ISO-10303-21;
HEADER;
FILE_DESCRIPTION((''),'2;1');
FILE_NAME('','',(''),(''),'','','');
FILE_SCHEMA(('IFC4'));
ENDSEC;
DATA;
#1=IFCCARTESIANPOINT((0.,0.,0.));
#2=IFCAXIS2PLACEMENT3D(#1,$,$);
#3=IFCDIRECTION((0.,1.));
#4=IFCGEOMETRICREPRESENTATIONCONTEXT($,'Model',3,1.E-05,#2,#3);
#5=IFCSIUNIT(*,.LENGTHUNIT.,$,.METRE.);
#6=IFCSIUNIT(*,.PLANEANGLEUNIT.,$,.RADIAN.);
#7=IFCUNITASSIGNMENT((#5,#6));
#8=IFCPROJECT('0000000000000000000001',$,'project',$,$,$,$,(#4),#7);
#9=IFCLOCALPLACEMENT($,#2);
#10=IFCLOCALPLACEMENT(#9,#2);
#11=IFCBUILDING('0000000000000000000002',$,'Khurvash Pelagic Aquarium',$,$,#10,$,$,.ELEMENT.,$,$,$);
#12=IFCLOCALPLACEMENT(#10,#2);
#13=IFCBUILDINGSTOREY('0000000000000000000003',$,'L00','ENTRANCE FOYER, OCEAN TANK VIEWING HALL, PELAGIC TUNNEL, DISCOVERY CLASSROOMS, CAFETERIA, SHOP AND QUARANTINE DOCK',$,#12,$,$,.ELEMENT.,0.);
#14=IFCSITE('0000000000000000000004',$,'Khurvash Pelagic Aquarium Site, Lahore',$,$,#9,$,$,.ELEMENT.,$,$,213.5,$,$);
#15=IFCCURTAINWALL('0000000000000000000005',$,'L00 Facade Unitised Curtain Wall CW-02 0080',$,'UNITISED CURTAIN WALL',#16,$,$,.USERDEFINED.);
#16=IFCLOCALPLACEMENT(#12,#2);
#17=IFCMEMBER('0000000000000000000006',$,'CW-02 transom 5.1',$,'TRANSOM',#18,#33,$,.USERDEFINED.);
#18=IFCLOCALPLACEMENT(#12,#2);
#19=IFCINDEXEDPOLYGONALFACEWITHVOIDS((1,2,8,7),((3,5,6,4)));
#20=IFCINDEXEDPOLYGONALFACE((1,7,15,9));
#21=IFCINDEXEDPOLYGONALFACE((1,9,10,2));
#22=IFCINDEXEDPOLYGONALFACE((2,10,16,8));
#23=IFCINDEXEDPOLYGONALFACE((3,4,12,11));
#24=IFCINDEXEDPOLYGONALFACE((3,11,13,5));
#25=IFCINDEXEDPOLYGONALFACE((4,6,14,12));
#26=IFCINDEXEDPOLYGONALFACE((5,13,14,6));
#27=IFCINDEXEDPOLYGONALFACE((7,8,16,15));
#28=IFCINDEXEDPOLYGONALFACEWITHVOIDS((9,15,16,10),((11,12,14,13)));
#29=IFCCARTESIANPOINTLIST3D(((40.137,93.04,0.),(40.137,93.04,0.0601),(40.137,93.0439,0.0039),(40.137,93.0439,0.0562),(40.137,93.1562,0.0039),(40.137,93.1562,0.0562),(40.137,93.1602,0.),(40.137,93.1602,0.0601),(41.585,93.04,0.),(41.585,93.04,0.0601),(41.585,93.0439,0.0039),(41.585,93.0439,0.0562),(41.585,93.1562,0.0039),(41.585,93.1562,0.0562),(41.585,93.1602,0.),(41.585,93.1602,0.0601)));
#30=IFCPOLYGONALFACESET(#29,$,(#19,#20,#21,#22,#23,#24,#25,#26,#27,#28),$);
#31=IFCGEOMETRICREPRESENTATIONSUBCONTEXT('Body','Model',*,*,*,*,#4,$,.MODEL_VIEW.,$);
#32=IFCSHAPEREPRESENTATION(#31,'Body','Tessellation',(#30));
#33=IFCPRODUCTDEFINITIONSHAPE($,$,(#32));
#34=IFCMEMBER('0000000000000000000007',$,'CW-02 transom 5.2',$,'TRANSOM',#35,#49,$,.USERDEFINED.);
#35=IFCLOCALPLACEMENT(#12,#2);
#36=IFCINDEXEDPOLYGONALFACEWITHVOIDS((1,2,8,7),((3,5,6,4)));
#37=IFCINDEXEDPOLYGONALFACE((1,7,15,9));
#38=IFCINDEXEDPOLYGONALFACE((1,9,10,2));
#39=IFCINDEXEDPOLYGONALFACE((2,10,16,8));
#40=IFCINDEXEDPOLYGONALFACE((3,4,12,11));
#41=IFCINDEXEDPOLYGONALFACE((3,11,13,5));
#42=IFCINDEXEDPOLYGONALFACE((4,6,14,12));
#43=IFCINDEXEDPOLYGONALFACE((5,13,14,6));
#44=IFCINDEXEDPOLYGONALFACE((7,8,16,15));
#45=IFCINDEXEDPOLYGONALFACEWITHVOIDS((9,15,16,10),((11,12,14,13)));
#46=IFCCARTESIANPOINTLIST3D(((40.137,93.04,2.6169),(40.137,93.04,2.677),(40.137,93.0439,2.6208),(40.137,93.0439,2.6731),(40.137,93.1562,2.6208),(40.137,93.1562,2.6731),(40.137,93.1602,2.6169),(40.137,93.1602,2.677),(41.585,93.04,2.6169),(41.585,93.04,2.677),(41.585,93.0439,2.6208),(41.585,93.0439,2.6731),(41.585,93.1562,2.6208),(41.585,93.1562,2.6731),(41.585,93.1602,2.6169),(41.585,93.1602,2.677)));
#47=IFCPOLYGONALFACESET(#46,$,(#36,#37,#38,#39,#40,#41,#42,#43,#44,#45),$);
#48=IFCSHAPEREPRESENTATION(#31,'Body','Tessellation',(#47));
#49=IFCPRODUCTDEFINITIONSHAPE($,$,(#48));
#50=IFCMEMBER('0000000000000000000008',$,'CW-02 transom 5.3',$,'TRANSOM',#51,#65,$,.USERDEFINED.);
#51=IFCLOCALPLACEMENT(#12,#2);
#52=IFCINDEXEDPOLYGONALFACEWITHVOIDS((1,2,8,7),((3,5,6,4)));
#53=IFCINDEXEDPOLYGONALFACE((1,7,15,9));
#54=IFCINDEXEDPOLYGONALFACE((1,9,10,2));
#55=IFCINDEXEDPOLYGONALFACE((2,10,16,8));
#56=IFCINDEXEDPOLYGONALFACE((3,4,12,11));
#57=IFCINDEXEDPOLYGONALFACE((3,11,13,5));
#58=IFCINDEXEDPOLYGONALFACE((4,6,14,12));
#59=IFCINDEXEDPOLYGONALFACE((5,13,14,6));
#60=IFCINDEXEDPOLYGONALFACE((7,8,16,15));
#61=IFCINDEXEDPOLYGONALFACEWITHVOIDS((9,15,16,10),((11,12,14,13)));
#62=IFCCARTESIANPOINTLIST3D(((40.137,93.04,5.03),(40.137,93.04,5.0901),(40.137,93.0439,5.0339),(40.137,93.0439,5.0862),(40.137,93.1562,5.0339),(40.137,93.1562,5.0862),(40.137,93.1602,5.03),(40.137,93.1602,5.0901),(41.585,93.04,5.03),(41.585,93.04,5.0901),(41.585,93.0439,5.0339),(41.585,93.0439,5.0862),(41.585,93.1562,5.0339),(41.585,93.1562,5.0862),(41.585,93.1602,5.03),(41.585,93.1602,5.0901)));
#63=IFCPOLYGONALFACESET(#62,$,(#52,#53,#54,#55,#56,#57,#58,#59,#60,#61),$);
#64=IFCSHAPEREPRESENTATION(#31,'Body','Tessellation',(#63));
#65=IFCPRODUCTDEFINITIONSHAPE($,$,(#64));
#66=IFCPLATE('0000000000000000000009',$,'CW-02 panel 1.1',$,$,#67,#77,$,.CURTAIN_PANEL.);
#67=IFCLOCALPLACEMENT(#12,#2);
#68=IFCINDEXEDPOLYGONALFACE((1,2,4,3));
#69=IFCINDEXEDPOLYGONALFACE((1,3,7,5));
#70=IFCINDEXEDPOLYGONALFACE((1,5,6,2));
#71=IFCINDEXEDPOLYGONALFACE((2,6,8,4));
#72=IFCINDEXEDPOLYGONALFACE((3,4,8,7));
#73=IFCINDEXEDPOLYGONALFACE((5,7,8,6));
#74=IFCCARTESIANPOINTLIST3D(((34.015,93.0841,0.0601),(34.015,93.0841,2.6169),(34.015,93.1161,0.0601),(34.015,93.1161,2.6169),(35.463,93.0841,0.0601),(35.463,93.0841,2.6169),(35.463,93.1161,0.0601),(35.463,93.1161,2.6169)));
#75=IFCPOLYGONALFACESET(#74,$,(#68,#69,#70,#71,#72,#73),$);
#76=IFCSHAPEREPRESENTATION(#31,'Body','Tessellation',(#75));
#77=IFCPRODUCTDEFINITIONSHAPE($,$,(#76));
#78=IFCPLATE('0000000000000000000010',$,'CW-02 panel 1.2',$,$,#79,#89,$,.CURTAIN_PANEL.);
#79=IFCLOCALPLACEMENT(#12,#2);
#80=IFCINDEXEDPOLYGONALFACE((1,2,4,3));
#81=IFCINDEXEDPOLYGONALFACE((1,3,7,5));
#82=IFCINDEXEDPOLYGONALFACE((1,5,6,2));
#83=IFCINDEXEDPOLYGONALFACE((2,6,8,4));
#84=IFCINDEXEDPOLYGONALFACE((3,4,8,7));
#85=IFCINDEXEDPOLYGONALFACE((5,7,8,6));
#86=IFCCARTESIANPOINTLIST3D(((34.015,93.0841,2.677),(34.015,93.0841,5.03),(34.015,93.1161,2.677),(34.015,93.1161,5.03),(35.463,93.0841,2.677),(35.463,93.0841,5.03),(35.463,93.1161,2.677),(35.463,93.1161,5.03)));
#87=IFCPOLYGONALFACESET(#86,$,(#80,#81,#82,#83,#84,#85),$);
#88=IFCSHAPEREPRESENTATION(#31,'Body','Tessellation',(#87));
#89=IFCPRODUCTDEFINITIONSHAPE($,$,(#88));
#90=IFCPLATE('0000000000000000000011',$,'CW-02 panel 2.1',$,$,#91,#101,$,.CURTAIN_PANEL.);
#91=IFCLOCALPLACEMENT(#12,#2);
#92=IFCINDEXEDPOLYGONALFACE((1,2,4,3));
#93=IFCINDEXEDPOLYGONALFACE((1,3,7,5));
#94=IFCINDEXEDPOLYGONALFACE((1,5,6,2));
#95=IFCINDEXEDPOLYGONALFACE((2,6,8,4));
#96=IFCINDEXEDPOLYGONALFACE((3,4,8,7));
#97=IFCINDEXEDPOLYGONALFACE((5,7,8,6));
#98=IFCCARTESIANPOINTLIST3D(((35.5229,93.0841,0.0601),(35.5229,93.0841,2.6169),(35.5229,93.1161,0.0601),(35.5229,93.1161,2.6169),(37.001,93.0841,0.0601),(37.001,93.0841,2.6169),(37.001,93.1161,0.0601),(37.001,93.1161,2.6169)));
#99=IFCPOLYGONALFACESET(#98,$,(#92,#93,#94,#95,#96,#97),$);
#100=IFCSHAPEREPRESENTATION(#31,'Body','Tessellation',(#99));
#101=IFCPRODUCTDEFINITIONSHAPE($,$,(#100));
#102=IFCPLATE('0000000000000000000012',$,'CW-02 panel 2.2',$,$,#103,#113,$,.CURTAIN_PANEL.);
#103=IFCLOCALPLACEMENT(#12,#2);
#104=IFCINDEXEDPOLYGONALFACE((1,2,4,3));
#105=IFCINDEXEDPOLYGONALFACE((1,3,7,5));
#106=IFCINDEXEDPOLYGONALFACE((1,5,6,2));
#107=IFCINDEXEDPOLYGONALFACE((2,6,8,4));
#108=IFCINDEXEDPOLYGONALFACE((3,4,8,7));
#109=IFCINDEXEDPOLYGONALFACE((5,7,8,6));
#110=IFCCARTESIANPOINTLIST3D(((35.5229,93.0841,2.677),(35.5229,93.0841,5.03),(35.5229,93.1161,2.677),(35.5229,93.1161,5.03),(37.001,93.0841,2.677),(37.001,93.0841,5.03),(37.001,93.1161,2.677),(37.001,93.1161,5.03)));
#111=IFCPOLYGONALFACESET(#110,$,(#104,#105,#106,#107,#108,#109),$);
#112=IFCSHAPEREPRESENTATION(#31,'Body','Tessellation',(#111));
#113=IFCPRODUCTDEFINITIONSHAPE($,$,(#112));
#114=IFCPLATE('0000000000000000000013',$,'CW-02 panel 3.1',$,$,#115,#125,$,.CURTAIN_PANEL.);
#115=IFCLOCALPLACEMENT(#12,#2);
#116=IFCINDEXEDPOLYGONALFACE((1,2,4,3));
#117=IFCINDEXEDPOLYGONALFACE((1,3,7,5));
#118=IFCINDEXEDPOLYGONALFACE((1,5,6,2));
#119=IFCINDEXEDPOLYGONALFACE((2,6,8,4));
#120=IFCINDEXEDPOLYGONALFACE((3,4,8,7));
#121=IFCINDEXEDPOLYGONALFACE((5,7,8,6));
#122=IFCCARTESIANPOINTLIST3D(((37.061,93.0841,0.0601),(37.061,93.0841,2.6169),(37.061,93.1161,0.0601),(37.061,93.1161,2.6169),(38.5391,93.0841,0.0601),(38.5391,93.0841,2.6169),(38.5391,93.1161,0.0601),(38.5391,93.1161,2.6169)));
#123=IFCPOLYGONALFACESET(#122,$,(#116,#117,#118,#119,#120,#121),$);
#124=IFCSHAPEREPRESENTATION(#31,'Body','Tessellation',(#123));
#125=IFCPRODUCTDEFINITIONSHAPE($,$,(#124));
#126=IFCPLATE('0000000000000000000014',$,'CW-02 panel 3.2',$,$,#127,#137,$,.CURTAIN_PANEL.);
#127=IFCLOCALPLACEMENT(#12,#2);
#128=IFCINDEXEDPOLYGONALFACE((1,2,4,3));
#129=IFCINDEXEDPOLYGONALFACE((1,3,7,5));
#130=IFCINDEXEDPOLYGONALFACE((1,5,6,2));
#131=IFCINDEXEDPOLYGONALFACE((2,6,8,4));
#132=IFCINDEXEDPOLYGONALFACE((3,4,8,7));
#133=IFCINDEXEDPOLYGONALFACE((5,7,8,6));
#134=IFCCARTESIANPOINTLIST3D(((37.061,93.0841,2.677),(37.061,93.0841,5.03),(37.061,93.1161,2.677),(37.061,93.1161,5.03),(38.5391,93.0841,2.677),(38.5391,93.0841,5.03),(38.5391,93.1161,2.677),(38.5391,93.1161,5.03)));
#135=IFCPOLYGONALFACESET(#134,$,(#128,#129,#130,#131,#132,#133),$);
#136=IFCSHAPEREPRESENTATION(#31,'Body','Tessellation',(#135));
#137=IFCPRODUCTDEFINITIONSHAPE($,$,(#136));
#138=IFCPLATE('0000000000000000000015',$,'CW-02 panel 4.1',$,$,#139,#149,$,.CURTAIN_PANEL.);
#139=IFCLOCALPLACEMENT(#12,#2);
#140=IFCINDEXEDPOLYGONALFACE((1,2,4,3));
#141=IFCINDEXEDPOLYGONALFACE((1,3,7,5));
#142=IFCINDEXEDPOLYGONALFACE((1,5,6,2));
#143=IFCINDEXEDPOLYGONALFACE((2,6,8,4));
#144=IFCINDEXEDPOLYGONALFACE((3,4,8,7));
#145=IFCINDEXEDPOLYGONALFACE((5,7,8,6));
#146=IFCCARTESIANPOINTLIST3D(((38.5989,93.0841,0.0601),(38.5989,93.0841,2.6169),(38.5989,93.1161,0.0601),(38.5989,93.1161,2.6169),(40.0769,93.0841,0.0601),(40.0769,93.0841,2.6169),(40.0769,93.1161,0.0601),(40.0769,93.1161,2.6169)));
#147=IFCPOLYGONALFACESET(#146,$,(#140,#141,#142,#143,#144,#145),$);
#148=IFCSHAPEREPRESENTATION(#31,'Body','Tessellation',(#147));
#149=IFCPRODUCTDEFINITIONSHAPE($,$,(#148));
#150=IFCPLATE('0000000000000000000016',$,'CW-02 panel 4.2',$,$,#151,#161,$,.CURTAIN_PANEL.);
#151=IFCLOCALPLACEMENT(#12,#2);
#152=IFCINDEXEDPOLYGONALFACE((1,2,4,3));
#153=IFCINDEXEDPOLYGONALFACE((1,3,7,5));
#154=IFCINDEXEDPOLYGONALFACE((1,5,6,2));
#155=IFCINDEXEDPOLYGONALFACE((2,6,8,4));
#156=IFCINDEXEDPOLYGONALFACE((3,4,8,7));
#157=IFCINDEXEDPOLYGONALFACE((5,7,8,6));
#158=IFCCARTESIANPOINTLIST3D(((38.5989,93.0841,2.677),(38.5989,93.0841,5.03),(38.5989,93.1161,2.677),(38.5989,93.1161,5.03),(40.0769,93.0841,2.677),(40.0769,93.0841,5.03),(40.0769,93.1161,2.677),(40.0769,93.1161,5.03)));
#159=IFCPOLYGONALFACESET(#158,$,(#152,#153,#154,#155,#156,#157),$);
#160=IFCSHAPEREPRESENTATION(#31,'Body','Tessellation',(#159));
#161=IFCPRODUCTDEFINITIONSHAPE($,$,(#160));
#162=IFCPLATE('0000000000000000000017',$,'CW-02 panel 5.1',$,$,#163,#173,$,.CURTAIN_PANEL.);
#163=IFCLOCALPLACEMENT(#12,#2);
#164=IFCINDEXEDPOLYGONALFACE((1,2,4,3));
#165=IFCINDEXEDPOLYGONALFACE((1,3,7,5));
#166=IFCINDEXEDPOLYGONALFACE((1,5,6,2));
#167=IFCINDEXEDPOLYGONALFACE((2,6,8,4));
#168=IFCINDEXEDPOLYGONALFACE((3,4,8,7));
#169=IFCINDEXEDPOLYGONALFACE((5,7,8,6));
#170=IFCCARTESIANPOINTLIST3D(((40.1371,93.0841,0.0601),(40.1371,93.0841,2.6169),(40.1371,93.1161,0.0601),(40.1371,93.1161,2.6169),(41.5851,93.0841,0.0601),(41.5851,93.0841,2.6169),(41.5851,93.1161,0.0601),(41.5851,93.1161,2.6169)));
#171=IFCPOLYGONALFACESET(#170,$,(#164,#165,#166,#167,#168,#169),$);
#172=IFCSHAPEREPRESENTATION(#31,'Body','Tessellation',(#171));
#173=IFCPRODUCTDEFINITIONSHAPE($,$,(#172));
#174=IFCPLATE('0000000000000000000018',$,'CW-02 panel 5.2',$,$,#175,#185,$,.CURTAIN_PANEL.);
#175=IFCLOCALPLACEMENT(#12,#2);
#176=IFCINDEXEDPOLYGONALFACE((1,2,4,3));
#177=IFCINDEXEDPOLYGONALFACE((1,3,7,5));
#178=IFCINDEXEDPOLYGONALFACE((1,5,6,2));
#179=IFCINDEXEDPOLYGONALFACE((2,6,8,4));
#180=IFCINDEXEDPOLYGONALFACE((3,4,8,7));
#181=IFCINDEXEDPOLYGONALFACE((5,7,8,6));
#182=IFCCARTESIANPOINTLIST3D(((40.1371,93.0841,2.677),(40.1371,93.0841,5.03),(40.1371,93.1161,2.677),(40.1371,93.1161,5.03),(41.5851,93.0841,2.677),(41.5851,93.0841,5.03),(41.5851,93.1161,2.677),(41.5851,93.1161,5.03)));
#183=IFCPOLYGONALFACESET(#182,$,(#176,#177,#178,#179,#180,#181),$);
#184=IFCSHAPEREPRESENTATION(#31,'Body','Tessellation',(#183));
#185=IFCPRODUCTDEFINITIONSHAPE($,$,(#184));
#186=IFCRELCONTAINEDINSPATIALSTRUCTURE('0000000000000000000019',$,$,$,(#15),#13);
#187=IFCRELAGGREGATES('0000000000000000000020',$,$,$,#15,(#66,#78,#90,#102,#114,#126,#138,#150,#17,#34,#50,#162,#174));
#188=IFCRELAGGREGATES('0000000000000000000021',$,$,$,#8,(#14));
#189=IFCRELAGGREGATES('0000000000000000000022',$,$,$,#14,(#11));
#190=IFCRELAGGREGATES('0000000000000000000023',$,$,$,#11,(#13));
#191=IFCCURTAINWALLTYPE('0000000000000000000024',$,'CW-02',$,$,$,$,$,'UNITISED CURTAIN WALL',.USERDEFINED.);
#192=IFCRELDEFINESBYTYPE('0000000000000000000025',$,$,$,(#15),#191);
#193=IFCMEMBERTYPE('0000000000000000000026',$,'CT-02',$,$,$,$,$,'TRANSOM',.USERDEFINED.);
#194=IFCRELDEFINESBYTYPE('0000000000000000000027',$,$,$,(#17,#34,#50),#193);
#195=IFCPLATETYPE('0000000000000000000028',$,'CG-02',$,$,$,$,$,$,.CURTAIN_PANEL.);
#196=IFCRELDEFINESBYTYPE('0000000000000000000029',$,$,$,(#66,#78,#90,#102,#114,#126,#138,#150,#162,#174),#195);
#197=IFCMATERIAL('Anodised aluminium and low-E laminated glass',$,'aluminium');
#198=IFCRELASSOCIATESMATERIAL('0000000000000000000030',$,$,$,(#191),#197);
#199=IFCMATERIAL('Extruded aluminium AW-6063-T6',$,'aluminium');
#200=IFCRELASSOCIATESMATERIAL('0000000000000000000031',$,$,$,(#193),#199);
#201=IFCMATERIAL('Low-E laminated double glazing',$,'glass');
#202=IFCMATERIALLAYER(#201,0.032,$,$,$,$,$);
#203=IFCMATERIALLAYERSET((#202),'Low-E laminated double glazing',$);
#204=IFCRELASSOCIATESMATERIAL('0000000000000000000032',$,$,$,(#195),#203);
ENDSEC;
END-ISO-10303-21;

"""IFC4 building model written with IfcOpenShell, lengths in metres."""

from ifc_helpers import new_model, si_unit, direction, frame, origin, origin_2d, place, context, subcontext, project, spatial, rectangle, hollow_rectangle, extrude, material, layer, layer_set, material_profile, profile_set, type_object, element, aggregate, save


model = new_model("IFC4")

# Units and contexts
model_context = context("Model", 3, precision=1e-05, world=origin(), true_north=direction((0.0, 1.0)))
body_context = subcontext(model_context, "Body", "Model", "MODEL_VIEW")
ifc_project = project(units=[si_unit("LENGTHUNIT", "METRE"), si_unit("PLANEANGLEUNIT", "RADIAN")], contexts=[model_context])

# Site, building, storey
site_placement = place(None, origin())
site = spatial("IfcSite", under=ifc_project, at=site_placement, Name="Khurvash Pelagic Aquarium Site, Lahore", CompositionType="ELEMENT", RefElevation=213.5)
building_placement = place(site_placement, origin())
building = spatial("IfcBuilding", under=site, at=building_placement, Name="Khurvash Pelagic Aquarium", CompositionType="ELEMENT")
storey_placement = place(building_placement, origin())
storey = spatial("IfcBuildingStorey", under=building, at=storey_placement, Name="L00", Description="ENTRANCE FOYER, OCEAN TANK VIEWING HALL, PELAGIC TUNNEL, DISCOVERY CLASSROOMS, CAFETERIA, SHOP AND QUARANTINE DOCK", CompositionType="ELEMENT", Elevation=0.0)

# Shared definitions
ifc_material_1 = material(Name="Anodised aluminium and low-E laminated glass", Category="aluminium")
ifc_material_2 = material(Name="Extruded aluminium AW-6063-T6", Category="aluminium")

# Curtain wall
curtain_wall_type_1 = type_object("IfcCurtainWallType", Name="CW-02", ElementType="UNITISED CURTAIN WALL", PredefinedType="USERDEFINED", material=ifc_material_1)
curtain_wall_1_placement = place(storey_placement, origin())
curtain_wall_1 = element("IfcCurtainWall", 1, at=curtain_wall_1_placement, inside=storey, type_object=curtain_wall_type_1, Name="L00 Facade Unitised Curtain Wall CW-02 0080", ObjectType="UNITISED CURTAIN WALL", PredefinedType="USERDEFINED")

# Members
ifc_material_profile_1 = material_profile(ifc_material_2, hollow_rectangle(XDim=0.1201, YDim=0.0601, WallThickness=0.0039, at=origin_2d()), Name="CWT120X60X4")
ifc_profile_set_1 = profile_set([ifc_material_profile_1], Name="Extruded aluminium AW-6063-T6")
member_type_1 = type_object("IfcMemberType", Name="CT-02", ElementType="TRANSOM", PredefinedType="USERDEFINED", material=ifc_profile_set_1)
member_1_placement = place(storey_placement, frame((40.137, 93.1001, 0.03), z_axis=(1.0, 0.0, 0.0), x_axis=(0.0, 1.0, 0.0)))
member_1 = element("IfcMember", 2, at=member_1_placement, type_object=member_type_1, Name="CW-02 transom 5.1", ObjectType="TRANSOM", PredefinedType="USERDEFINED", context=body_context, shape_type="SweptSolid", body=[
    extrude(hollow_rectangle(XDim=0.1201, YDim=0.0601, WallThickness=0.0039, at=origin_2d()), origin(), (0.0, 0.0, 1.0), 1.448),
])
member_2_placement = place(storey_placement, frame((40.137, 93.1001, 2.647), z_axis=(1.0, 0.0, 0.0), x_axis=(0.0, 1.0, 0.0)))
member_2 = element("IfcMember", 3, at=member_2_placement, type_object=member_type_1, Name="CW-02 transom 5.2", ObjectType="TRANSOM", PredefinedType="USERDEFINED", context=body_context, shape_type="SweptSolid", body=[
    extrude(hollow_rectangle(XDim=0.1201, YDim=0.0601, WallThickness=0.0039, at=origin_2d()), origin(), (0.0, 0.0, 1.0), 1.448),
])
member_3_placement = place(storey_placement, frame((40.137, 93.1001, 5.0601), z_axis=(1.0, 0.0, 0.0), x_axis=(0.0, 1.0, 0.0)))
member_3 = element("IfcMember", 4, at=member_3_placement, type_object=member_type_1, Name="CW-02 transom 5.3", ObjectType="TRANSOM", PredefinedType="USERDEFINED", context=body_context, shape_type="SweptSolid", body=[
    extrude(hollow_rectangle(XDim=0.1201, YDim=0.0601, WallThickness=0.0039, at=origin_2d()), origin(), (0.0, 0.0, 1.0), 1.448),
])

# Plates
ifc_material_3 = material(Name="Low-E laminated double glazing", Category="glass")
ifc_layer_1 = layer(ifc_material_3, 0.032)
ifc_layer_set_1 = layer_set([ifc_layer_1], Name="Low-E laminated double glazing")
plate_type = type_object("IfcPlateType", Name="CG-02", PredefinedType="CURTAIN_PANEL", material=ifc_layer_set_1)
plate_1_placement = place(storey_placement, frame((34.739, 93.1001, 0.0601), z_axis=(0.0, 0.0, 1.0), x_axis=(1.0, 0.0, 0.0)))
plate_1 = element("IfcPlate", 5, at=plate_1_placement, type_object=plate_type, Name="CW-02 panel 1.1", PredefinedType="CURTAIN_PANEL", context=body_context, shape_type="SweptSolid", body=[
    extrude(rectangle(XDim=1.448, YDim=0.032, at=origin_2d()), origin(), (0.0, 0.0, 1.0), 2.5569),
])
plate_2_placement = place(storey_placement, frame((34.739, 93.1001, 2.677), z_axis=(0.0, 0.0, 1.0), x_axis=(1.0, 0.0, 0.0)))
plate_2 = element("IfcPlate", 6, at=plate_2_placement, type_object=plate_type, Name="CW-02 panel 1.2", PredefinedType="CURTAIN_PANEL", context=body_context, shape_type="SweptSolid", body=[
    extrude(rectangle(XDim=1.448, YDim=0.032, at=origin_2d()), origin(), (0.0, 0.0, 1.0), 2.353),
])
plate_3_placement = place(storey_placement, frame((36.262, 93.1001, 0.0601), z_axis=(0.0, 0.0, 1.0), x_axis=(1.0, 0.0, 0.0)))
plate_3 = element("IfcPlate", 7, at=plate_3_placement, type_object=plate_type, Name="CW-02 panel 2.1", PredefinedType="CURTAIN_PANEL", context=body_context, shape_type="SweptSolid", body=[
    extrude(rectangle(XDim=1.478, YDim=0.032, at=origin_2d()), origin(), (0.0, 0.0, 1.0), 2.5569),
])
plate_4_placement = place(storey_placement, frame((36.262, 93.1001, 2.677), z_axis=(0.0, 0.0, 1.0), x_axis=(1.0, 0.0, 0.0)))
plate_4 = element("IfcPlate", 8, at=plate_4_placement, type_object=plate_type, Name="CW-02 panel 2.2", PredefinedType="CURTAIN_PANEL", context=body_context, shape_type="SweptSolid", body=[
    extrude(rectangle(XDim=1.478, YDim=0.032, at=origin_2d()), origin(), (0.0, 0.0, 1.0), 2.353),
])
plate_5_placement = place(storey_placement, frame((37.8, 93.1001, 0.0601), z_axis=(0.0, 0.0, 1.0), x_axis=(1.0, 0.0, 0.0)))
plate_5 = element("IfcPlate", 9, at=plate_5_placement, type_object=plate_type, Name="CW-02 panel 3.1", PredefinedType="CURTAIN_PANEL", context=body_context, shape_type="SweptSolid", body=[
    extrude(rectangle(XDim=1.478, YDim=0.032, at=origin_2d()), origin(), (0.0, 0.0, 1.0), 2.5569),
])
plate_6_placement = place(storey_placement, frame((37.8, 93.1001, 2.677), z_axis=(0.0, 0.0, 1.0), x_axis=(1.0, 0.0, 0.0)))
plate_6 = element("IfcPlate", 10, at=plate_6_placement, type_object=plate_type, Name="CW-02 panel 3.2", PredefinedType="CURTAIN_PANEL", context=body_context, shape_type="SweptSolid", body=[
    extrude(rectangle(XDim=1.478, YDim=0.032, at=origin_2d()), origin(), (0.0, 0.0, 1.0), 2.353),
])
plate_7_placement = place(storey_placement, frame((39.3379, 93.1001, 0.0601), z_axis=(0.0, 0.0, 1.0), x_axis=(1.0, 0.0, 0.0)))
plate_7 = element("IfcPlate", 11, at=plate_7_placement, type_object=plate_type, Name="CW-02 panel 4.1", PredefinedType="CURTAIN_PANEL", context=body_context, shape_type="SweptSolid", body=[
    extrude(rectangle(XDim=1.478, YDim=0.032, at=origin_2d()), origin(), (0.0, 0.0, 1.0), 2.5569),
])
plate_8_placement = place(storey_placement, frame((39.3379, 93.1001, 2.677), z_axis=(0.0, 0.0, 1.0), x_axis=(1.0, 0.0, 0.0)))
plate_8 = element("IfcPlate", 12, at=plate_8_placement, type_object=plate_type, Name="CW-02 panel 4.2", PredefinedType="CURTAIN_PANEL", context=body_context, shape_type="SweptSolid", body=[
    extrude(rectangle(XDim=1.478, YDim=0.032, at=origin_2d()), origin(), (0.0, 0.0, 1.0), 2.353),
])
plate_9_placement = place(storey_placement, frame((40.8611, 93.1001, 0.0601), z_axis=(0.0, 0.0, 1.0), x_axis=(1.0, 0.0, 0.0)))
plate_9 = element("IfcPlate", 13, at=plate_9_placement, type_object=plate_type, Name="CW-02 panel 5.1", PredefinedType="CURTAIN_PANEL", context=body_context, shape_type="SweptSolid", body=[
    extrude(rectangle(XDim=1.448, YDim=0.032, at=origin_2d()), origin(), (0.0, 0.0, 1.0), 2.5569),
])
plate_10_placement = place(storey_placement, frame((40.8611, 93.1001, 2.677), z_axis=(0.0, 0.0, 1.0), x_axis=(1.0, 0.0, 0.0)))
plate_10 = element("IfcPlate", 14, at=plate_10_placement, type_object=plate_type, Name="CW-02 panel 5.2", PredefinedType="CURTAIN_PANEL", context=body_context, shape_type="SweptSolid", body=[
    extrude(rectangle(XDim=1.448, YDim=0.032, at=origin_2d()), origin(), (0.0, 0.0, 1.0), 2.353),
])
aggregate(curtain_wall_1, [plate_1, plate_2, plate_3, plate_4, plate_5, plate_6, plate_7, plate_8, member_1, member_2, member_3, plate_9, plate_10])

save(model, "model.ifc")
